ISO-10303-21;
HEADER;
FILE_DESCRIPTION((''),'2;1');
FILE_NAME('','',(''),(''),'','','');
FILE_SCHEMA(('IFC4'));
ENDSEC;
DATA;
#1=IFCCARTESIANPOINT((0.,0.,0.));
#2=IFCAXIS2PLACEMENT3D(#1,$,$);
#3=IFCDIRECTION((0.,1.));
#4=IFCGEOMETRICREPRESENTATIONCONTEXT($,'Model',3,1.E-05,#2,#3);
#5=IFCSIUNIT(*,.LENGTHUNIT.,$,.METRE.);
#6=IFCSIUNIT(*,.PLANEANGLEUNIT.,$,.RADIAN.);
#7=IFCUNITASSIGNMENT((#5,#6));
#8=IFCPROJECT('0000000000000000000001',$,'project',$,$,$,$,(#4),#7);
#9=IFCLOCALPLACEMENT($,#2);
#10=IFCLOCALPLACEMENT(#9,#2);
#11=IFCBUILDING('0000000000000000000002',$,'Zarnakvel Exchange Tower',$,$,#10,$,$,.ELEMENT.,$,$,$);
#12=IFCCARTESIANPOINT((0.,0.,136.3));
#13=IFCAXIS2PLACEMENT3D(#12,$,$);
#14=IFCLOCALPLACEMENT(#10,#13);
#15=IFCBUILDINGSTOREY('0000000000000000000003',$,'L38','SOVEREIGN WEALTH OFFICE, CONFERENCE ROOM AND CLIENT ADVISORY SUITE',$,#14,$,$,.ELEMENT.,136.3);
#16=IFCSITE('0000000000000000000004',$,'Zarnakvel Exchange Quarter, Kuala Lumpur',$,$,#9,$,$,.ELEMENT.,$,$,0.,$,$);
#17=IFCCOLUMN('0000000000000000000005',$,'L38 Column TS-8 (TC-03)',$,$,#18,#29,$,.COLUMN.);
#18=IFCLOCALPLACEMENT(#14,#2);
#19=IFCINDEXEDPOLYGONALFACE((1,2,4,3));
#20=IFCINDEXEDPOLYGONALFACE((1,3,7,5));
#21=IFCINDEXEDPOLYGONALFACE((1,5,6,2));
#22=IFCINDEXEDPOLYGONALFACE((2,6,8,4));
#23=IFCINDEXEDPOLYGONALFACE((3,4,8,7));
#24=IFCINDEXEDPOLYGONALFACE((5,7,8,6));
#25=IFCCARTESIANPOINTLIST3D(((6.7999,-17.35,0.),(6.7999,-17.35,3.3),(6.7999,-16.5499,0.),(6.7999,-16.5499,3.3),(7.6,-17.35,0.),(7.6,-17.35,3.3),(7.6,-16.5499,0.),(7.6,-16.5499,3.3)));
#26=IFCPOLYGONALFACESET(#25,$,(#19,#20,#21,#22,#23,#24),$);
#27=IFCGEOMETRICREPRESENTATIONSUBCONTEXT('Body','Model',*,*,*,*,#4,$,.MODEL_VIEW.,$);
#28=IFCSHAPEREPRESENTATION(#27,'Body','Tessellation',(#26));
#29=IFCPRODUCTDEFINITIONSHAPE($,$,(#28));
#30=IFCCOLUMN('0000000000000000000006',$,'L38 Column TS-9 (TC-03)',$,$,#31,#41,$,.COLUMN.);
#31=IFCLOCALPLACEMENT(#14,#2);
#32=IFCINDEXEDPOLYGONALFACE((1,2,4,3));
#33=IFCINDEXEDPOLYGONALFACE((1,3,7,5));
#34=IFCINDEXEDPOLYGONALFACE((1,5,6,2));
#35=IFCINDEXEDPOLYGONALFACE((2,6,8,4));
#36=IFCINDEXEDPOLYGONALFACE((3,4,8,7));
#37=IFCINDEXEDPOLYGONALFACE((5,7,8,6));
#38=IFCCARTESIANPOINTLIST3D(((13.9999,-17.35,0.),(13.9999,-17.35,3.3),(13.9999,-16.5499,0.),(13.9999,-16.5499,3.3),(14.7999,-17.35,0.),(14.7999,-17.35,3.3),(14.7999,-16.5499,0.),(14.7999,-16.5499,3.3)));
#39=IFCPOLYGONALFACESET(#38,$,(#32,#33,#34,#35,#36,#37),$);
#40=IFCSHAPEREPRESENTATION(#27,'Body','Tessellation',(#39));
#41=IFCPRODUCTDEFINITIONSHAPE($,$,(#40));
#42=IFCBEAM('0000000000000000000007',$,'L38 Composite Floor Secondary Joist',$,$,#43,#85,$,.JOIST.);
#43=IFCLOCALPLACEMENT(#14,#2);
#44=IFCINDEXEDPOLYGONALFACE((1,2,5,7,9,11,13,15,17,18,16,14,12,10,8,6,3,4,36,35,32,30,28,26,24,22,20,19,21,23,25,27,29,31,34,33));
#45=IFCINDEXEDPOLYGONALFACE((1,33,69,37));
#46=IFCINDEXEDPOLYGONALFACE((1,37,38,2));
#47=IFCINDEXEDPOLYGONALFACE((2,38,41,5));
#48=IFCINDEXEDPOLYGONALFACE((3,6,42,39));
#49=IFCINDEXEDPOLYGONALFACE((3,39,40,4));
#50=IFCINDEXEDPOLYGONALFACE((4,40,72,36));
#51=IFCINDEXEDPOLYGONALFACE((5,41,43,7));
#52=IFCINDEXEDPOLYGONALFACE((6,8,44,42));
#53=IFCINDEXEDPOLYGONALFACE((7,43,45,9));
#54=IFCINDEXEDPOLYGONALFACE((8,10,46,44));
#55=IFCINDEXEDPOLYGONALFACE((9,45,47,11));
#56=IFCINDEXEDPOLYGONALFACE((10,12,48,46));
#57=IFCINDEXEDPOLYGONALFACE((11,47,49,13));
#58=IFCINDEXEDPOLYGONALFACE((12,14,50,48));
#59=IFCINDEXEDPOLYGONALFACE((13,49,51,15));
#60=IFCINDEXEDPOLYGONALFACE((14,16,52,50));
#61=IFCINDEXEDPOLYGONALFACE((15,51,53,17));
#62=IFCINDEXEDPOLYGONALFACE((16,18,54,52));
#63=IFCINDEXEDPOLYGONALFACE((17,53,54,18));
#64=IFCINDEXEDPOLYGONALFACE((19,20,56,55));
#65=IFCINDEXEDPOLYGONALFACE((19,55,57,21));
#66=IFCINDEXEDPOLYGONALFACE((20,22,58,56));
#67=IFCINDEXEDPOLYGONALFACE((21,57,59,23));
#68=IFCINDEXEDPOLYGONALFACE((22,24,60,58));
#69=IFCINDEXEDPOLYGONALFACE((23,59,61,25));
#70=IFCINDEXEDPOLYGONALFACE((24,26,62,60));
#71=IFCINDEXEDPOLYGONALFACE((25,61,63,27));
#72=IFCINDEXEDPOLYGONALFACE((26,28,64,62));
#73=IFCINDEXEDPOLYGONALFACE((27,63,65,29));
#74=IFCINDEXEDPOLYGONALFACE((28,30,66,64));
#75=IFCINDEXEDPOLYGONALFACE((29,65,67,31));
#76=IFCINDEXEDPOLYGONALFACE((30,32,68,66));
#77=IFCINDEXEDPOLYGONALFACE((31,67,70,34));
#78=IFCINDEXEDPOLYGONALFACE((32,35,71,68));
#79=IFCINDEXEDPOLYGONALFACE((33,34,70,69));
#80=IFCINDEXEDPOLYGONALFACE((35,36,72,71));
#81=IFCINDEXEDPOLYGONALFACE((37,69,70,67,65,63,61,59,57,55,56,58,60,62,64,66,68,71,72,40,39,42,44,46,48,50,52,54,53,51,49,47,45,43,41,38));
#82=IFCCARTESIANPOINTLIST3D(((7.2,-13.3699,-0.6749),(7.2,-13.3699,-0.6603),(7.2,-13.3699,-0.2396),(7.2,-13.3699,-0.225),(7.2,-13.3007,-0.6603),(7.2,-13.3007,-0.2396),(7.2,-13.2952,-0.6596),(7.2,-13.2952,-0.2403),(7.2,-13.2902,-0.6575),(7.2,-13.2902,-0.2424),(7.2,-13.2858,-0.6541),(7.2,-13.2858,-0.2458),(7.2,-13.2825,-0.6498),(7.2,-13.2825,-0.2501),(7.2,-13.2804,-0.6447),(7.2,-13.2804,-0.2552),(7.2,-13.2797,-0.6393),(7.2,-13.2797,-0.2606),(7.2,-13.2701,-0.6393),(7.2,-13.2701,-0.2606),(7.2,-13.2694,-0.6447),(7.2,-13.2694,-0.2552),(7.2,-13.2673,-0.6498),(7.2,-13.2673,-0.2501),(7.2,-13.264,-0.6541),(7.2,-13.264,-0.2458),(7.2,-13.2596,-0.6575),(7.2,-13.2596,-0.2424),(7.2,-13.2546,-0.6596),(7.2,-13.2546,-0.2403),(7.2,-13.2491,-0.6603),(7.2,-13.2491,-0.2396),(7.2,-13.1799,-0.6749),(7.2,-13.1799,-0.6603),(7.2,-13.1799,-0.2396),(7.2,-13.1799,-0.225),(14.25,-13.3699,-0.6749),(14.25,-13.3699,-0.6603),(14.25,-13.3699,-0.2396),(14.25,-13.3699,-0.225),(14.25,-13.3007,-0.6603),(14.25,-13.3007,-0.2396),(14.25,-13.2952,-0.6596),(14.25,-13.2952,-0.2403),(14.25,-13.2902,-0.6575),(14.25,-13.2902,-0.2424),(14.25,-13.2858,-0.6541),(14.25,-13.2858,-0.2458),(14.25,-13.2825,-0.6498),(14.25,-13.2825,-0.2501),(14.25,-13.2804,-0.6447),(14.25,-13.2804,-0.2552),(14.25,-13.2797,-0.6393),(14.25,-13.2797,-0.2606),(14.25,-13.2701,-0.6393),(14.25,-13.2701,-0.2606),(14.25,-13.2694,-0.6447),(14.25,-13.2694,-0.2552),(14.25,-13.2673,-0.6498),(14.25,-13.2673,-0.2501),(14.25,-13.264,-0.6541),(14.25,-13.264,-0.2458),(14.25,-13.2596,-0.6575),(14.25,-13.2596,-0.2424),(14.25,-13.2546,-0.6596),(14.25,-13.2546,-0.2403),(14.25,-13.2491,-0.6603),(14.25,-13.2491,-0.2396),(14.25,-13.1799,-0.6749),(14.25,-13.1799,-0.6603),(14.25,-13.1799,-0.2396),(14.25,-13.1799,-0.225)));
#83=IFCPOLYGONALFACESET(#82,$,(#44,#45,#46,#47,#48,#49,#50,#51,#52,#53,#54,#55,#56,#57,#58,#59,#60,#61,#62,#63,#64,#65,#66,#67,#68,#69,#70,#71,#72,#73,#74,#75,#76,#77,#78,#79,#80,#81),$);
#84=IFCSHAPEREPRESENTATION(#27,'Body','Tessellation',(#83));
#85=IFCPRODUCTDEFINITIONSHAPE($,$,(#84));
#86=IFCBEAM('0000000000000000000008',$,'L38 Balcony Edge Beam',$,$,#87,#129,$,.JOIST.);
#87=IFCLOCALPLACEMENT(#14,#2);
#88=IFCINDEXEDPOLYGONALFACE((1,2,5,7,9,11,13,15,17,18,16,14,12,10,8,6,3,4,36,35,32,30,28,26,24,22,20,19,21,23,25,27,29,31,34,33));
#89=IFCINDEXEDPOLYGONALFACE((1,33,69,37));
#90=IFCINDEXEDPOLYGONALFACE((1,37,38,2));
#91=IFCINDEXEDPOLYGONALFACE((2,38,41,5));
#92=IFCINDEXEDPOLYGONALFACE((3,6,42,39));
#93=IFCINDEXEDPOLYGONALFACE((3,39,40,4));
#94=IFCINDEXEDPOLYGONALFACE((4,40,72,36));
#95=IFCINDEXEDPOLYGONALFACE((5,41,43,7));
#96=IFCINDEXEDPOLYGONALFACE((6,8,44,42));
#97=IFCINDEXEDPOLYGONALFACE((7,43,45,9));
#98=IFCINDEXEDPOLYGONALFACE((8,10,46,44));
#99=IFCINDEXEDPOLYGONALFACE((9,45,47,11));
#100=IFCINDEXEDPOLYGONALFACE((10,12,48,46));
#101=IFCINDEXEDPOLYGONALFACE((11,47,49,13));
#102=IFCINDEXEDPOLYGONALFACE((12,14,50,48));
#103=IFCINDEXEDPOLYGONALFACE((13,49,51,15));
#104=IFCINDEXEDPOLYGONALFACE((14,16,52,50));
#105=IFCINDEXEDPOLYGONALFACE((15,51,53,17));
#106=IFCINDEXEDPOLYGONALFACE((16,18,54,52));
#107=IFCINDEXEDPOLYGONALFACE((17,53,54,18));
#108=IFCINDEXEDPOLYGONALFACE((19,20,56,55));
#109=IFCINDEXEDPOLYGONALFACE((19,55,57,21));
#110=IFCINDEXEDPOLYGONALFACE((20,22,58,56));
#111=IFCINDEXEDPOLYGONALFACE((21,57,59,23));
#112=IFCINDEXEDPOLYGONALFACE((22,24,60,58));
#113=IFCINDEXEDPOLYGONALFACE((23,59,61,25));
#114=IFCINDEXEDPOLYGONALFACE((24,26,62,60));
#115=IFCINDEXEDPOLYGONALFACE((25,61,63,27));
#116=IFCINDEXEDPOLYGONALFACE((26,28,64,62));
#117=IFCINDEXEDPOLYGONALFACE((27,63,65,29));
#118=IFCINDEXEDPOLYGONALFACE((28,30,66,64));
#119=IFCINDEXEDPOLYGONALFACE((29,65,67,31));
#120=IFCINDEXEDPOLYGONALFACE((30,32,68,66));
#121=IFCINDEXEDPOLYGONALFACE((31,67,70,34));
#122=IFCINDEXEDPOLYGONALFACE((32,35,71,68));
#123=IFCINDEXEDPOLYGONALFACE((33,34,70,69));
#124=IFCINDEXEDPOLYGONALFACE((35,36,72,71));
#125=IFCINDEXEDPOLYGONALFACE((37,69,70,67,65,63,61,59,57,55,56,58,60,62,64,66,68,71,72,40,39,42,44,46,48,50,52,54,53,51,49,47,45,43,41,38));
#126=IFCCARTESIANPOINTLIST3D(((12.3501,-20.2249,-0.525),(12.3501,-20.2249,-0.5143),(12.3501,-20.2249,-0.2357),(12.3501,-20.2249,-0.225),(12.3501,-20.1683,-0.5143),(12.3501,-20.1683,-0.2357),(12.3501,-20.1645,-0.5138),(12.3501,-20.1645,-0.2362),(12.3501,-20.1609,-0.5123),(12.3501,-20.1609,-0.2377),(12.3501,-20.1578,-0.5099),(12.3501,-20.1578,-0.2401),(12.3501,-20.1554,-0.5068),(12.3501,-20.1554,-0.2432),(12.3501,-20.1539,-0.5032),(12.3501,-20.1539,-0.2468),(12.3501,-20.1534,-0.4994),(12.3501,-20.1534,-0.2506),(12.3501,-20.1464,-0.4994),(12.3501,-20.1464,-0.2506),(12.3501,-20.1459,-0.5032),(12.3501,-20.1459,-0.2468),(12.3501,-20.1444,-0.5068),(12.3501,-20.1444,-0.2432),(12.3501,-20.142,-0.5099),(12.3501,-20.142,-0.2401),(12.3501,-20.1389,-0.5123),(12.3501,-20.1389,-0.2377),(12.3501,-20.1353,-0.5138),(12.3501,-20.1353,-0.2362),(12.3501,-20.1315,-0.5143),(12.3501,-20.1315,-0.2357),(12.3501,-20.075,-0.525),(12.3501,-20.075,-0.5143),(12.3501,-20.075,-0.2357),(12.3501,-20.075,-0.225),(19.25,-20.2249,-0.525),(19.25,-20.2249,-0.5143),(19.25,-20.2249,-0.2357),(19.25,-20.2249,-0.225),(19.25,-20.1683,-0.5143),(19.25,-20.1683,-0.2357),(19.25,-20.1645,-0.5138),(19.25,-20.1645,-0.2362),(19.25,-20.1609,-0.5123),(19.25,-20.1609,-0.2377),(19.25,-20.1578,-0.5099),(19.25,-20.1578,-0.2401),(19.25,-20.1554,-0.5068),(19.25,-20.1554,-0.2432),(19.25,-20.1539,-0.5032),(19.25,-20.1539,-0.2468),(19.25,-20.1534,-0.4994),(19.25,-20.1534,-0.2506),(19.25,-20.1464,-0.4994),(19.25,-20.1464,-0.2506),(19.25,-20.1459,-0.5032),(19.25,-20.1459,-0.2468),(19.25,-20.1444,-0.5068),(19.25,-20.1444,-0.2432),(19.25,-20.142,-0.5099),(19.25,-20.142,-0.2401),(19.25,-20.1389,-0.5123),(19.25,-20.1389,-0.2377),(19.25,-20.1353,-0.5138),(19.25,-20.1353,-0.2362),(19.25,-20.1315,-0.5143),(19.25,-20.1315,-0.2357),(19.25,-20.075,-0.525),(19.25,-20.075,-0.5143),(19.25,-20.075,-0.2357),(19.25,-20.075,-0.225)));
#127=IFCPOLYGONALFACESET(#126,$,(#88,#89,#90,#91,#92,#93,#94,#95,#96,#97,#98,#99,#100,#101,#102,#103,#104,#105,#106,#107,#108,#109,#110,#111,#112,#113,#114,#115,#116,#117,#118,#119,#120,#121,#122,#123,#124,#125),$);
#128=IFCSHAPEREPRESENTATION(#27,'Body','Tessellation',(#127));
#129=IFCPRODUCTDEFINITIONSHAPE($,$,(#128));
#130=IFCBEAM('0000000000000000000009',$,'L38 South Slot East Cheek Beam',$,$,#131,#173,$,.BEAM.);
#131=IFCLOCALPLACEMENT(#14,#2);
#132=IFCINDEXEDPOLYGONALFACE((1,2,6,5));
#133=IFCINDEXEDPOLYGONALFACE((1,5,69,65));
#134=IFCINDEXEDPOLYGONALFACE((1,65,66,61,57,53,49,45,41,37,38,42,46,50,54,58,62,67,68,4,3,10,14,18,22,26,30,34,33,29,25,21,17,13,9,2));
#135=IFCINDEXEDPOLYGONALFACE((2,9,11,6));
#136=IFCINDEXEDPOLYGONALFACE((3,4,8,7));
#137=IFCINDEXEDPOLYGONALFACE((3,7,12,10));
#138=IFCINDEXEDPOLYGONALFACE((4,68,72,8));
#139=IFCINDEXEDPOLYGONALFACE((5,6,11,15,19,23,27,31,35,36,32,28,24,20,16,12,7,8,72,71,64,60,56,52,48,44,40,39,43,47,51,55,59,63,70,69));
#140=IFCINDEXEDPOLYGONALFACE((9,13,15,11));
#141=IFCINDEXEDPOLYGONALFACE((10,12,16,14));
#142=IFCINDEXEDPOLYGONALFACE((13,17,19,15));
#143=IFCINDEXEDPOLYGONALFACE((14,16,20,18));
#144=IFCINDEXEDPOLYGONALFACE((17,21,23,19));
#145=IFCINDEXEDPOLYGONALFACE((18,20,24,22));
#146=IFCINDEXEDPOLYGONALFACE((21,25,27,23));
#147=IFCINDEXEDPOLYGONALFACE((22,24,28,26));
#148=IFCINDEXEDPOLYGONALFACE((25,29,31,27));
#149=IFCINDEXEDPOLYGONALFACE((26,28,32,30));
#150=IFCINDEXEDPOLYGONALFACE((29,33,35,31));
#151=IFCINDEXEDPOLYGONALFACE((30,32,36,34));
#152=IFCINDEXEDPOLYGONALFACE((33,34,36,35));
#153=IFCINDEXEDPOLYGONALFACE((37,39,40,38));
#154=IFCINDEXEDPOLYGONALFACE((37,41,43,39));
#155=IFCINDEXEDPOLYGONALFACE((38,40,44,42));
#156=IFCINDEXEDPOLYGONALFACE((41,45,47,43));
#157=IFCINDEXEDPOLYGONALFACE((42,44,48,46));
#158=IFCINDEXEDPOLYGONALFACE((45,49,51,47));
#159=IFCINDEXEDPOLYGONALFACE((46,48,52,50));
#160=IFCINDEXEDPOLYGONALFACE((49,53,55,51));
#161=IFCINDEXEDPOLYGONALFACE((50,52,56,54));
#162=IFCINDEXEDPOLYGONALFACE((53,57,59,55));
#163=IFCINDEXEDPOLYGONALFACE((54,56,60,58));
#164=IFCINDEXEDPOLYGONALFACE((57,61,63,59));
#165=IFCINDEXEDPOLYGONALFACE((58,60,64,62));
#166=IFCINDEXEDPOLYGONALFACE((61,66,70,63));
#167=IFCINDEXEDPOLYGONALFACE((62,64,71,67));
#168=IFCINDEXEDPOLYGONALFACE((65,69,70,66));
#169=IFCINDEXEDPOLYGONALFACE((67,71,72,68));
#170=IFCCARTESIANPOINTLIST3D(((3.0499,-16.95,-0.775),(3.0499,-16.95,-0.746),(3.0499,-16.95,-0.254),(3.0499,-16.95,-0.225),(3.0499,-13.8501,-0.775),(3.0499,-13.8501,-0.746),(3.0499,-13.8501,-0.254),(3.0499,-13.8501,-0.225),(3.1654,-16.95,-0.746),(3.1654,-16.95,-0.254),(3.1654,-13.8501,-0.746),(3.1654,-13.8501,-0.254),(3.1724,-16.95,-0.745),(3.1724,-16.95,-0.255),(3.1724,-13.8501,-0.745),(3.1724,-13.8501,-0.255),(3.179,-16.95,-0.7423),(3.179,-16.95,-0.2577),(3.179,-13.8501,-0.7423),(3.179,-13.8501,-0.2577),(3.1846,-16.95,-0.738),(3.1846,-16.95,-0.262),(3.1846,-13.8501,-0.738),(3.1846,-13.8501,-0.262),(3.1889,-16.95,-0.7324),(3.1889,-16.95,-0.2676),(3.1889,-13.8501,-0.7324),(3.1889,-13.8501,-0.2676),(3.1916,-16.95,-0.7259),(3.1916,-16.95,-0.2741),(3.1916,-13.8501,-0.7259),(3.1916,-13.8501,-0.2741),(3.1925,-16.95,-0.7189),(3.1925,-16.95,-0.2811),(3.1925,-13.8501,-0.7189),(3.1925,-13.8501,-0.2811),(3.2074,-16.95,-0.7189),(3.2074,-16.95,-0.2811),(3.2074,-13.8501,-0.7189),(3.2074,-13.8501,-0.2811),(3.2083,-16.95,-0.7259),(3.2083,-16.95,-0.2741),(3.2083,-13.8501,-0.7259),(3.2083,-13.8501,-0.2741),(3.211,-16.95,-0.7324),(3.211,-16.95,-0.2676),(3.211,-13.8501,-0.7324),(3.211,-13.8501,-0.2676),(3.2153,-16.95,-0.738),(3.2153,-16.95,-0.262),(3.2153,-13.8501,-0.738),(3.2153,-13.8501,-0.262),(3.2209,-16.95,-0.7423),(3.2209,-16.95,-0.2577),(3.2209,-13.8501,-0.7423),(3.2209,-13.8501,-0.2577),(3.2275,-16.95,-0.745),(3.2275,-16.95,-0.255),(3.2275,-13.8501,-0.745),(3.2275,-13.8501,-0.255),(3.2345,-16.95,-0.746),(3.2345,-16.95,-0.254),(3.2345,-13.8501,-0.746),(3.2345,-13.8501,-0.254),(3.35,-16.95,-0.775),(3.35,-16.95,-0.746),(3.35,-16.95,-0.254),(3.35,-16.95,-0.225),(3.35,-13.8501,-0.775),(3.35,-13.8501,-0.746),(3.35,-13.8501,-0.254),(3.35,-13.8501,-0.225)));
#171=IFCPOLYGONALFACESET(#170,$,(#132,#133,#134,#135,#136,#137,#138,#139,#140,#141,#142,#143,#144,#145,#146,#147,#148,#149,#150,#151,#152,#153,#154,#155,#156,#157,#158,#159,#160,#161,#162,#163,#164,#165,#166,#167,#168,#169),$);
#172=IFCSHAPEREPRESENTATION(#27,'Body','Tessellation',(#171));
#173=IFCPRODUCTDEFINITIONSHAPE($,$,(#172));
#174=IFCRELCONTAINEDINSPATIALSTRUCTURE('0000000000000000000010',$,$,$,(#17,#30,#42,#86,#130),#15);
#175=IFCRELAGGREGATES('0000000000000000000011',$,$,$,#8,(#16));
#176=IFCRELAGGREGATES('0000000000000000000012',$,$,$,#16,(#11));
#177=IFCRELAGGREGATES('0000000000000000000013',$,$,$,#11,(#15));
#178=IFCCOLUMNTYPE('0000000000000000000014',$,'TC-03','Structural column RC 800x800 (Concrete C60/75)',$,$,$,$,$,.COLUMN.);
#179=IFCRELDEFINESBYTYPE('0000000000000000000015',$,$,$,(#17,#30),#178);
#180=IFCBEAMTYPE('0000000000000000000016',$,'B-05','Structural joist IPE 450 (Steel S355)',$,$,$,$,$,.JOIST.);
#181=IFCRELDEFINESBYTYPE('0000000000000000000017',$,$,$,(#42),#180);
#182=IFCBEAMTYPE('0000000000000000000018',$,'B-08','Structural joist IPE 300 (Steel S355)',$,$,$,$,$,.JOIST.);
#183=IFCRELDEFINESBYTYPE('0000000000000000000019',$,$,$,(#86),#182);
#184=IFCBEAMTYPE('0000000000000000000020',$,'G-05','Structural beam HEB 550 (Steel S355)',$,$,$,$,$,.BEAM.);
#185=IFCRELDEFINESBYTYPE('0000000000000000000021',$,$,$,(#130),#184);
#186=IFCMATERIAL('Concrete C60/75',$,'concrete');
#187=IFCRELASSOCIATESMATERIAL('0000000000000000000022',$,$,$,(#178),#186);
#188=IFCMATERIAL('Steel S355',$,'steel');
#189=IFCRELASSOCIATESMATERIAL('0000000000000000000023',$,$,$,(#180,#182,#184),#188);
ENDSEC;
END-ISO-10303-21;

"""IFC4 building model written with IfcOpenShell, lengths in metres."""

from ifc_helpers import new_model, si_unit, direction, frame, origin, origin_2d, place, context, subcontext, project, spatial, rectangle, i_section, extrude, material, material_profile, profile_set, type_object, element, save


model = new_model("IFC4")

# Units and contexts
model_context = context("Model", 3, precision=1e-05, world=origin(), true_north=direction((0.0, 1.0)))
body_context = subcontext(model_context, "Body", "Model", "MODEL_VIEW")
ifc_project = project(units=[si_unit("LENGTHUNIT", "METRE"), si_unit("PLANEANGLEUNIT", "RADIAN")], contexts=[model_context])

# Site, building, storey
site_placement = place(None, origin())
site = spatial("IfcSite", under=ifc_project, at=site_placement, Name="Zarnakvel Exchange Quarter, Kuala Lumpur", CompositionType="ELEMENT", RefElevation=0.0)
building_placement = place(site_placement, origin())
building = spatial("IfcBuilding", under=site, at=building_placement, Name="Zarnakvel Exchange Tower", CompositionType="ELEMENT")
storey_placement = place(building_placement, frame((0.0, 0.0, 136.3)))
storey = spatial("IfcBuildingStorey", under=building, at=storey_placement, Name="L38", Description="SOVEREIGN WEALTH OFFICE, CONFERENCE ROOM AND CLIENT ADVISORY SUITE", CompositionType="ELEMENT", Elevation=136.3)

# Columns
ifc_material_1 = material(Name="Concrete C60/75", Category="concrete")
ifc_material_profile_1 = material_profile(ifc_material_1, rectangle(XDim=0.8, YDim=0.8, at=origin_2d()))
ifc_profile_set_1 = profile_set([ifc_material_profile_1], Name="Concrete C60/75")
column_type = type_object("IfcColumnType", Name="TC-03", Description="Structural column RC 800x800 (Concrete C60/75)", PredefinedType="COLUMN", material=ifc_profile_set_1)
for number, where, z_axis, x_axis, name in (
    (1, (7.2, -16.95, 0.0), (0.0, 0.0, 1.0), (1.0, 0.0, 0.0), "L38 Column TS-8 (TC-03)"),
    (2, (14.3999, -16.95, 0.0), (0.0, 0.0, 1.0), (1.0, 0.0, 0.0), "L38 Column TS-9 (TC-03)"),
):
    element("IfcColumn", number, at=place(storey_placement, frame(where, z_axis=z_axis, x_axis=x_axis)), inside=storey, type_object=column_type, Name=name, PredefinedType="COLUMN", context=body_context, shape_type="SweptSolid", body=[
        extrude(rectangle(XDim=0.8, YDim=0.8, at=origin_2d()), origin(), (0.0, 0.0, 1.0), 3.3),
    ])

# Beams
ifc_material_2 = material(Name="Steel S355", Category="steel")
ifc_material_profile_2 = material_profile(ifc_material_2, i_section(OverallWidth=0.1899, OverallDepth=0.45, WebThickness=0.0095, FlangeThickness=0.0146, FilletRadius=0.021, at=origin_2d()))
ifc_profile_set_2 = profile_set([ifc_material_profile_2], Name="Steel S355")
beam_type_1 = type_object("IfcBeamType", Name="B-05", Description="Structural joist IPE 450 (Steel S355)", PredefinedType="JOIST", material=ifc_profile_set_2)
beam_1_placement = place(storey_placement, frame((7.2, -13.2749, -0.45), z_axis=(1.0, 0.0, 0.0), x_axis=(0.0, 1.0, 0.0)))
element("IfcBeam", 3, at=beam_1_placement, inside=storey, type_object=beam_type_1, Name="L38 Composite Floor Secondary Joist", PredefinedType="JOIST", context=body_context, shape_type="SweptSolid", body=[
    extrude(i_section(OverallWidth=0.1899, OverallDepth=0.45, WebThickness=0.0095, FlangeThickness=0.0146, FilletRadius=0.021, at=origin_2d()), origin(), (0.0, 0.0, 1.0), 7.05),
])
ifc_material_profile_3 = material_profile(ifc_material_2, i_section(OverallWidth=0.1499, OverallDepth=0.3, WebThickness=0.0071, FlangeThickness=0.0107, FilletRadius=0.0149, at=origin_2d()))
ifc_profile_set_3 = profile_set([ifc_material_profile_3], Name="Steel S355")
beam_type_2 = type_object("IfcBeamType", Name="B-08", Description="Structural joist IPE 300 (Steel S355)", PredefinedType="JOIST", material=ifc_profile_set_3)
beam_2_placement = place(storey_placement, frame((12.3501, -20.1499, -0.375), z_axis=(1.0, 0.0, 0.0), x_axis=(0.0, 1.0, 0.0)))
element("IfcBeam", 4, at=beam_2_placement, inside=storey, type_object=beam_type_2, Name="L38 Balcony Edge Beam", PredefinedType="JOIST", context=body_context, shape_type="SweptSolid", body=[
    extrude(i_section(OverallWidth=0.1499, OverallDepth=0.3, WebThickness=0.0071, FlangeThickness=0.0107, FilletRadius=0.0149, at=origin_2d()), origin(), (0.0, 0.0, 1.0), 6.8999),
])
ifc_material_profile_4 = material_profile(ifc_material_2, i_section(OverallWidth=0.3, OverallDepth=0.55, WebThickness=0.0149, FlangeThickness=0.0291, FilletRadius=0.0271, at=origin_2d()))
ifc_profile_set_4 = profile_set([ifc_material_profile_4], Name="Steel S355")
beam_type_3 = type_object("IfcBeamType", Name="G-05", Description="Structural beam HEB 550 (Steel S355)", PredefinedType="BEAM", material=ifc_profile_set_4)
beam_3_placement = place(storey_placement, frame((3.2, -16.95, -0.5), z_axis=(0.0, 1.0, 0.0), x_axis=(-1.0, 0.0, 0.0)))
element("IfcBeam", 5, at=beam_3_placement, inside=storey, type_object=beam_type_3, Name="L38 South Slot East Cheek Beam", PredefinedType="BEAM", context=body_context, shape_type="SweptSolid", body=[
    extrude(i_section(OverallWidth=0.3, OverallDepth=0.55, WebThickness=0.0149, FlangeThickness=0.0291, FilletRadius=0.0271, at=origin_2d()), origin(), (0.0, 0.0, 1.0), 3.0999),
])

save(model, "model.ifc")
